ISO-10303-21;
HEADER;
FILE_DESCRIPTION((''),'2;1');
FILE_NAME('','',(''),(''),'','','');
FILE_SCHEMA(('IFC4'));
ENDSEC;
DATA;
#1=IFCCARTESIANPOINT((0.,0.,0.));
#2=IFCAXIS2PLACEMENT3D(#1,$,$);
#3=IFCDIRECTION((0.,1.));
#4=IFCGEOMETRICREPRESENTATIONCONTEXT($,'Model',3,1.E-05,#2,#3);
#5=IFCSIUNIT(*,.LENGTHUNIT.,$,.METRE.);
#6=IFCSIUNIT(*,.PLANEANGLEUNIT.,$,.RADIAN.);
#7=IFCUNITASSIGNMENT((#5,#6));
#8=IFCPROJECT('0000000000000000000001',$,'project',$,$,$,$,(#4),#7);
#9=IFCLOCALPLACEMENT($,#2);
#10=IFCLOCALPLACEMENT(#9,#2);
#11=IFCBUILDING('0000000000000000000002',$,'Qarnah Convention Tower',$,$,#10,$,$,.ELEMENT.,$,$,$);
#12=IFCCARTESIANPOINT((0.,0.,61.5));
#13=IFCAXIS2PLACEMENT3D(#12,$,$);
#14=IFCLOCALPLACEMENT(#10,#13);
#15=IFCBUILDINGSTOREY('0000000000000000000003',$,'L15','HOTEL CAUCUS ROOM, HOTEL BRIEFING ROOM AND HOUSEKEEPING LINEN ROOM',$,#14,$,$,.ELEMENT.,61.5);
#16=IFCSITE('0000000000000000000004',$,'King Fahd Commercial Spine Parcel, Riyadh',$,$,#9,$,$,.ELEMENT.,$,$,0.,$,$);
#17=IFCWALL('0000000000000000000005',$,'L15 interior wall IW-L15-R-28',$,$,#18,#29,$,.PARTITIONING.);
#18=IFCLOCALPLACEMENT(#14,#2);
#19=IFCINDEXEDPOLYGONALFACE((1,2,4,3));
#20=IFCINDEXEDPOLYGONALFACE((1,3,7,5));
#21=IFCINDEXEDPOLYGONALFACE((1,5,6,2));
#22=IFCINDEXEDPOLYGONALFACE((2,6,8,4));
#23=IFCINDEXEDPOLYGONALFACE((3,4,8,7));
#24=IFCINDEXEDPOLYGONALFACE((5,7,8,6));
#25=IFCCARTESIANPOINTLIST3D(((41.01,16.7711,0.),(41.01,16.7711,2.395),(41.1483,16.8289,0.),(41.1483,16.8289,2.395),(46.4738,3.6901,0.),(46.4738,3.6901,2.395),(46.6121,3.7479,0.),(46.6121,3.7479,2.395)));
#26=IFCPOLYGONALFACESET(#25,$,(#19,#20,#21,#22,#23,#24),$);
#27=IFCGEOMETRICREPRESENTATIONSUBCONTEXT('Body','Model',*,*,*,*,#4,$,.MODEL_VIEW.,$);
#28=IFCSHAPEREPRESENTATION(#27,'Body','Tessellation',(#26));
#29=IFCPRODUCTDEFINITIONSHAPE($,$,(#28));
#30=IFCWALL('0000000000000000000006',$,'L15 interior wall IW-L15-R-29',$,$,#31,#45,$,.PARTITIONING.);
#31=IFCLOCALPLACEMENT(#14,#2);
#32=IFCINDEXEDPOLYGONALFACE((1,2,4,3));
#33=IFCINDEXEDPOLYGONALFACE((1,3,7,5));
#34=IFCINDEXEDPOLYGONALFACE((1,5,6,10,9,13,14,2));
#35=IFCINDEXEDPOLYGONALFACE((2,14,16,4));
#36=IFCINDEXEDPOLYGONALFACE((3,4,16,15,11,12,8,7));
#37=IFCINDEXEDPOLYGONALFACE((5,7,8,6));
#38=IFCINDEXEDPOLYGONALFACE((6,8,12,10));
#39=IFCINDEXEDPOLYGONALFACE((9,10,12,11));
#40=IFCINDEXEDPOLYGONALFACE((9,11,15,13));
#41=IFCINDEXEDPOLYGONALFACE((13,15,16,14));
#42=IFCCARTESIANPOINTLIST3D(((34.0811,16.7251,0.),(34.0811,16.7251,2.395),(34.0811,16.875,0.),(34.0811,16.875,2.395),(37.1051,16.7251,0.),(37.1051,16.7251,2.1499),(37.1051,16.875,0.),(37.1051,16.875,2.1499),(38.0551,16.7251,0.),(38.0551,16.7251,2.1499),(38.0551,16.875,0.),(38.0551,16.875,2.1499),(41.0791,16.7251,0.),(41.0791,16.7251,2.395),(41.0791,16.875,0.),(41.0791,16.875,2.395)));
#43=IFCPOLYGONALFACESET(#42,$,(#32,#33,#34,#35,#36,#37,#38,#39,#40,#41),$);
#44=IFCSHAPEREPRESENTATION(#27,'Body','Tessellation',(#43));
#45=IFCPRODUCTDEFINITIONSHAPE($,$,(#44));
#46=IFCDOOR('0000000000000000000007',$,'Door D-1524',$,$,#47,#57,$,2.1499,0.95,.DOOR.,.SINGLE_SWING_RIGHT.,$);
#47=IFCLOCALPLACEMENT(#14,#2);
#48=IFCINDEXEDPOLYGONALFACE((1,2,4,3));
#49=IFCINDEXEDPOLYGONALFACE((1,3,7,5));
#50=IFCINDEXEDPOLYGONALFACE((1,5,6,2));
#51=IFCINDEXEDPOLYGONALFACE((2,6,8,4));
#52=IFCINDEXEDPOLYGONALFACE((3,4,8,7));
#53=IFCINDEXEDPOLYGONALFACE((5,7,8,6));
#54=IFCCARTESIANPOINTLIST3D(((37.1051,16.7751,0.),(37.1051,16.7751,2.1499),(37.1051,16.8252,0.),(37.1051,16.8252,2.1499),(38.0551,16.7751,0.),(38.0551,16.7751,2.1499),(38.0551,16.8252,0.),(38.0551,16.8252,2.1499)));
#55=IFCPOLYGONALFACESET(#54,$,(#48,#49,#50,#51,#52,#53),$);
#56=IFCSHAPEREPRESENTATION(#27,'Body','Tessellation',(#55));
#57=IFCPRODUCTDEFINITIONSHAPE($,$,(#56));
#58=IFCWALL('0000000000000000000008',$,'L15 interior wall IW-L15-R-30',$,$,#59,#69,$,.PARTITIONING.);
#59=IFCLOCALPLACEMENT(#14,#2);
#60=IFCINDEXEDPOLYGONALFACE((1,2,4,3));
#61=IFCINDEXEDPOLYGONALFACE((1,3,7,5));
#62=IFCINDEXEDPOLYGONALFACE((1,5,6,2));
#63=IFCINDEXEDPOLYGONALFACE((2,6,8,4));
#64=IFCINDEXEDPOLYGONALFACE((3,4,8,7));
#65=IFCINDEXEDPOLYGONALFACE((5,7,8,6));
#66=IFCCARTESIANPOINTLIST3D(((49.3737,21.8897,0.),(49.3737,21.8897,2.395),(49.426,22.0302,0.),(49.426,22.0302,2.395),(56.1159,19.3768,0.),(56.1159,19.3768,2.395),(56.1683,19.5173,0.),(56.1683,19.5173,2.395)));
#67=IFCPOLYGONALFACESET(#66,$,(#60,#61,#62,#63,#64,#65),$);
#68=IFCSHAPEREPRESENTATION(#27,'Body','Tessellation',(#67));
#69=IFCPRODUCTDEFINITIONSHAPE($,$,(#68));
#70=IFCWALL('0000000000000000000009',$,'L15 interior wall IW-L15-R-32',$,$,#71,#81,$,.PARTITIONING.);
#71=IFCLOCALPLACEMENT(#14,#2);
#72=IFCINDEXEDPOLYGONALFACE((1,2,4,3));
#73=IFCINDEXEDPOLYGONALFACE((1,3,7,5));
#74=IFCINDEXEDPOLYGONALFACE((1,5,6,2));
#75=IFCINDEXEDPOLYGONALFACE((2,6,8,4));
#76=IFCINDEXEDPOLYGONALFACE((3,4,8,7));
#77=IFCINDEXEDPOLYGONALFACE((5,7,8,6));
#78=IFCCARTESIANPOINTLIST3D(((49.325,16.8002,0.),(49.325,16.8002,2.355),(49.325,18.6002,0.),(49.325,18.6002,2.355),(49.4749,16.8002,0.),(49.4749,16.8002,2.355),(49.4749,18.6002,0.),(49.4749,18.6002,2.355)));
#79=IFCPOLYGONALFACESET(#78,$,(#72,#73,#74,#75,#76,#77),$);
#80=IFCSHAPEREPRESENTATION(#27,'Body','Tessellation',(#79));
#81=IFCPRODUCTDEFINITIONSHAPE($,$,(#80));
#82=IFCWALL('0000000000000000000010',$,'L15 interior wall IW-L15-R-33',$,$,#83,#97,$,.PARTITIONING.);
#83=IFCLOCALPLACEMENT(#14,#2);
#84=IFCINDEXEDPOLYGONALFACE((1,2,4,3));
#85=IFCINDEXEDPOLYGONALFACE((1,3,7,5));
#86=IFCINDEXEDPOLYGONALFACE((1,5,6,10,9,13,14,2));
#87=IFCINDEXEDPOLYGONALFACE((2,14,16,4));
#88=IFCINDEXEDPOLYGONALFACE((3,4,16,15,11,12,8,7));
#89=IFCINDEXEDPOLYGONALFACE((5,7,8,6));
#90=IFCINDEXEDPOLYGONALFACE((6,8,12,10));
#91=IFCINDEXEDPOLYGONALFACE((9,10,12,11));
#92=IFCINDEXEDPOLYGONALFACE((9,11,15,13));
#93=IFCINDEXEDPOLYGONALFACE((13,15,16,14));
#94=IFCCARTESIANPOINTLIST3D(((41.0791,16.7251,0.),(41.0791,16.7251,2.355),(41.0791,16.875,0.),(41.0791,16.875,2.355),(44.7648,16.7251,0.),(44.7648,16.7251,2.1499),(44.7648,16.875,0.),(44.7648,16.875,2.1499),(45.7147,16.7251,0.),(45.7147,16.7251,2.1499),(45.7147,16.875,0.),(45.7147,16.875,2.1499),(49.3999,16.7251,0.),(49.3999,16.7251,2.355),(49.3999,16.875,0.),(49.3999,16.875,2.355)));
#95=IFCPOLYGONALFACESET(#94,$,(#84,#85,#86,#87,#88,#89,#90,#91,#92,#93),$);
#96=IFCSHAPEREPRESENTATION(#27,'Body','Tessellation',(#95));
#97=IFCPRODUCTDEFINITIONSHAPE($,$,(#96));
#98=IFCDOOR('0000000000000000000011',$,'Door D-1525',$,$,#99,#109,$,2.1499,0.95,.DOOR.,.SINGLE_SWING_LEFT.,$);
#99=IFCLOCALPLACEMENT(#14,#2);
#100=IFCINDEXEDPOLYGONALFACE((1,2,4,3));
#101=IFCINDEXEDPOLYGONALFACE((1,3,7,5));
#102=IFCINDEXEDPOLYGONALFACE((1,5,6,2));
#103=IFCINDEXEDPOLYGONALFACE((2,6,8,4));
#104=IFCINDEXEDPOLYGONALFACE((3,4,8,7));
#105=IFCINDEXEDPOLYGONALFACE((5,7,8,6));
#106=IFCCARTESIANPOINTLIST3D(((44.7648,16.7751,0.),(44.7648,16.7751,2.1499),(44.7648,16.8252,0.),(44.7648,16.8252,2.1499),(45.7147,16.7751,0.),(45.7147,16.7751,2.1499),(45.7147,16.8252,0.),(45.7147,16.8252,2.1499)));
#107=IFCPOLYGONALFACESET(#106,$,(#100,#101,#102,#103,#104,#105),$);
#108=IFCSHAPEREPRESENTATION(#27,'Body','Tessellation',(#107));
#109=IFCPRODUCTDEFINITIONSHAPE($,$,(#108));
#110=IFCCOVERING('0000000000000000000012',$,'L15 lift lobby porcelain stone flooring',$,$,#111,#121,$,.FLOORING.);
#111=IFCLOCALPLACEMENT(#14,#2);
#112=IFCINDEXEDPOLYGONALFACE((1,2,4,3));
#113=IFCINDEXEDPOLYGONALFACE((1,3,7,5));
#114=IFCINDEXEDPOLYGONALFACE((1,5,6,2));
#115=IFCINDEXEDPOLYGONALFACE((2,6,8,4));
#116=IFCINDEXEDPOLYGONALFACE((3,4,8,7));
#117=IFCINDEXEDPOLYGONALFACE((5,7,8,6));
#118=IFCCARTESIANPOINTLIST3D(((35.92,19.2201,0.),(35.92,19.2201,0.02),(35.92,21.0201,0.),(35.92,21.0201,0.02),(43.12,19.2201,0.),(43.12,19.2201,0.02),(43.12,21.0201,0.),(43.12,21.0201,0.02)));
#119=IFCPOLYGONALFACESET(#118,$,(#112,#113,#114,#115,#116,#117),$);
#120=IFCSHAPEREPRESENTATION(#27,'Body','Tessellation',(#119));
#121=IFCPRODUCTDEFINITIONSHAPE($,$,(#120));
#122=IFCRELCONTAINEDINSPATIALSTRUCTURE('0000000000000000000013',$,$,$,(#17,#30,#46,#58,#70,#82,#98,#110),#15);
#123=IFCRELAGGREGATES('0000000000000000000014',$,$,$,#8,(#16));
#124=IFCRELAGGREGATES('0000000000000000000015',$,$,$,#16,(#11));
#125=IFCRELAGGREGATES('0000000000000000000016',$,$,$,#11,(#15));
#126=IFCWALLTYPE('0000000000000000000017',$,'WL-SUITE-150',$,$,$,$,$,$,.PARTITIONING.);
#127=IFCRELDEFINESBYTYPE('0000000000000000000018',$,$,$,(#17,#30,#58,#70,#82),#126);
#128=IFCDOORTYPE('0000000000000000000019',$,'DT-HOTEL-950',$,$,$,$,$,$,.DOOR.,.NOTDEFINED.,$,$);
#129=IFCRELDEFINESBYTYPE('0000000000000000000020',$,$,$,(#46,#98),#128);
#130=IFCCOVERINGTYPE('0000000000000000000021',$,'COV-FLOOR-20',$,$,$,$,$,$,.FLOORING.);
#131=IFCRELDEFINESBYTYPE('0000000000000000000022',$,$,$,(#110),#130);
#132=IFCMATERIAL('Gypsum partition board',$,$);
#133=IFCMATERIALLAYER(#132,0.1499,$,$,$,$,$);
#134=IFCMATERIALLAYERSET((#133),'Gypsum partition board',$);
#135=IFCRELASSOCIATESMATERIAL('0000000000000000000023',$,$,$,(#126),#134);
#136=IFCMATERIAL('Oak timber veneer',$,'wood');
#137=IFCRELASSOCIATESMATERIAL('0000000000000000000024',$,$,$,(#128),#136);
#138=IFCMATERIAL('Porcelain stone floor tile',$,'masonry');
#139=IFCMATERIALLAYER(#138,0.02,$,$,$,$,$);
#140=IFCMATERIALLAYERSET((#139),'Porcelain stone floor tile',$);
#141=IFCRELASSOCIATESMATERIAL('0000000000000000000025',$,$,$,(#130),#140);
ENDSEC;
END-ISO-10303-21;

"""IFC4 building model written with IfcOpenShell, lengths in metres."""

from ifc_helpers import new_model, si_unit, direction, frame, frame_2d, origin, origin_2d, place, context, subcontext, project, spatial, rectangle, extrude, material, layer, layer_set, type_object, element, fill, save


model = new_model("IFC4")

# Units and contexts
model_context = context("Model", 3, precision=1e-05, world=origin(), true_north=direction((0.0, 1.0)))
body_context = subcontext(model_context, "Body", "Model", "MODEL_VIEW")
ifc_project = project(units=[si_unit("LENGTHUNIT", "METRE"), si_unit("PLANEANGLEUNIT", "RADIAN")], contexts=[model_context])

# Site, building, storey
site_placement = place(None, origin())
site = spatial("IfcSite", under=ifc_project, at=site_placement, Name="King Fahd Commercial Spine Parcel, Riyadh", CompositionType="ELEMENT", RefElevation=0.0)
building_placement = place(site_placement, origin())
building = spatial("IfcBuilding", under=site, at=building_placement, Name="Qarnah Convention Tower", CompositionType="ELEMENT")
storey_placement = place(building_placement, frame((0.0, 0.0, 61.5)))
storey = spatial("IfcBuildingStorey", under=building, at=storey_placement, Name="L15", Description="HOTEL CAUCUS ROOM, HOTEL BRIEFING ROOM AND HOUSEKEEPING LINEN ROOM", CompositionType="ELEMENT", Elevation=61.5)

# Wall
ifc_material_1 = material(Name="Gypsum partition board")
ifc_layer_1 = layer(ifc_material_1, 0.1499)
ifc_layer_set_1 = layer_set([ifc_layer_1], Name="Gypsum partition board")
wall_type_1 = type_object("IfcWallType", Name="WL-SUITE-150", PredefinedType="PARTITIONING", material=ifc_layer_set_1)
wall_1_placement = place(storey_placement, frame((46.543, 3.719, 0.0), z_axis=(0.0, 0.0, 1.0), x_axis=(-0.385422, 0.92274, 0.0)))
element("IfcWall", 1, at=wall_1_placement, inside=storey, type_object=wall_type_1, Name="L15 interior wall IW-L15-R-28", PredefinedType="PARTITIONING", context=body_context, shape_type="SweptSolid", body=[
    extrude(rectangle(XDim=14.1763, YDim=0.1499, at=frame_2d((7.0881, 0.0))), origin(), (0.0, 0.0, 1.0), 2.395),
])

# Wall, opening, door
wall_2_placement = place(storey_placement, frame((41.0791, 16.8, 0.0), z_axis=(0.0, 0.0, 1.0), x_axis=(-1.0, 0.0, 0.0)))
wall_2 = element("IfcWall", 2, at=wall_2_placement, inside=storey, type_object=wall_type_1, Name="L15 interior wall IW-L15-R-29", PredefinedType="PARTITIONING", context=body_context, shape_type="SweptSolid", body=[
    extrude(rectangle(XDim=6.998, YDim=0.1499, at=frame_2d((3.499, 0.0))), origin(), (0.0, 0.0, 1.0), 2.395),
])
opening_1_placement = place(wall_2_placement, frame((3.0239, 0.0, 0.0)))
opening_1 = element("IfcOpeningElement", 3, at=opening_1_placement, cuts=wall_2, PredefinedType="OPENING", context=body_context, shape_type="SweptSolid", body=[
    extrude(rectangle(XDim=0.95, YDim=2.1499, at=frame_2d((0.4751, 1.075))), frame((0.0, 0.085, 0.0), z_axis=(0.0, -1.0, 0.0), x_axis=(1.0, 0.0, 0.0)), (0.0, 0.0, 1.0), 0.1699),
])
ifc_material_2 = material(Name="Oak timber veneer", Category="wood")
door_type_1 = type_object("IfcDoorType", Name="DT-HOTEL-950", OperationType="NOTDEFINED", PredefinedType="DOOR", material=ifc_material_2)
door_1_placement = place(opening_1_placement, origin())
door_1 = element("IfcDoor", 4, at=door_1_placement, inside=storey, type_object=door_type_1, Name="Door D-1524", OperationType="SINGLE_SWING_RIGHT", OverallHeight=2.1499, OverallWidth=0.95, PredefinedType="DOOR", context=body_context, shape_type="SweptSolid", body=[
    extrude(rectangle(XDim=0.95, YDim=2.1499, at=frame_2d((0.4751, 1.075))), frame((0.0, 0.0249, 0.0), z_axis=(0.0, -1.0, 0.0), x_axis=(1.0, 0.0, 0.0)), (0.0, 0.0, 1.0), 0.05),
])
fill(opening_1, door_1)

# Walls
wall_3_placement = place(storey_placement, frame((56.1421, 19.447, 0.0), z_axis=(0.0, 0.0, 1.0), x_axis=(-0.93703, 0.349249, 0.0)))
element("IfcWall", 5, at=wall_3_placement, inside=storey, type_object=wall_type_1, Name="L15 interior wall IW-L15-R-30", PredefinedType="PARTITIONING", context=body_context, shape_type="SweptSolid", body=[
    extrude(rectangle(XDim=7.1953, YDim=0.1499, at=frame_2d((3.5977, 0.0))), origin(), (0.0, 0.0, 1.0), 2.395),
])
wall_4_placement = place(storey_placement, frame((49.3999, 18.6001, 0.0), z_axis=(0.0, 0.0, 1.0), x_axis=(0.0, -1.0, 0.0)))
element("IfcWall", 6, at=wall_4_placement, inside=storey, type_object=wall_type_1, Name="L15 interior wall IW-L15-R-32", PredefinedType="PARTITIONING", context=body_context, shape_type="SweptSolid", body=[
    extrude(rectangle(XDim=1.8, YDim=0.1499, at=frame_2d((0.8999, 0.0))), origin(), (0.0, 0.0, 1.0), 2.355),
])

# Wall, opening, door
wall_5_placement = place(storey_placement, frame((49.3999, 16.8, 0.0), z_axis=(0.0, 0.0, 1.0), x_axis=(-1.0, 0.0, 0.0)))
wall_5 = element("IfcWall", 7, at=wall_5_placement, inside=storey, type_object=wall_type_1, Name="L15 interior wall IW-L15-R-33", PredefinedType="PARTITIONING", context=body_context, shape_type="SweptSolid", body=[
    extrude(rectangle(XDim=8.3208, YDim=0.1499, at=frame_2d((4.1604, 0.0))), origin(), (0.0, 0.0, 1.0), 2.355),
])
opening_2_placement = place(wall_5_placement, frame((3.6851, 0.0, 0.0)))
opening_2 = element("IfcOpeningElement", 8, at=opening_2_placement, cuts=wall_5, PredefinedType="OPENING", context=body_context, shape_type="SweptSolid", body=[
    extrude(rectangle(XDim=0.95, YDim=2.1499, at=frame_2d((0.4751, 1.075))), frame((0.0, 0.085, 0.0), z_axis=(0.0, -1.0, 0.0), x_axis=(1.0, 0.0, 0.0)), (0.0, 0.0, 1.0), 0.1699),
])
door_2_placement = place(opening_2_placement, origin())
door_2 = element("IfcDoor", 9, at=door_2_placement, inside=storey, type_object=door_type_1, Name="Door D-1525", OperationType="SINGLE_SWING_LEFT", OverallHeight=2.1499, OverallWidth=0.95, PredefinedType="DOOR", context=body_context, shape_type="SweptSolid", body=[
    extrude(rectangle(XDim=0.95, YDim=2.1499, at=frame_2d((0.4751, 1.075))), frame((0.0, 0.0249, 0.0), z_axis=(0.0, -1.0, 0.0), x_axis=(1.0, 0.0, 0.0)), (0.0, 0.0, 1.0), 0.05),
])
fill(opening_2, door_2)

# Covering
ifc_material_3 = material(Name="Porcelain stone floor tile", Category="masonry")
ifc_layer_2 = layer(ifc_material_3, 0.02)
ifc_layer_set_2 = layer_set([ifc_layer_2], Name="Porcelain stone floor tile")
covering_type = type_object("IfcCoveringType", Name="COV-FLOOR-20", PredefinedType="FLOORING", material=ifc_layer_set_2)
covering_placement = place(storey_placement, frame((39.52, 20.1201, 0.0), z_axis=(0.0, 0.0, 1.0), x_axis=(1.0, 0.0, 0.0)))
element("IfcCovering", 10, at=covering_placement, inside=storey, type_object=covering_type, Name="L15 lift lobby porcelain stone flooring", PredefinedType="FLOORING", context=body_context, shape_type="SweptSolid", body=[
    extrude(rectangle(XDim=7.2, YDim=1.8, at=origin_2d()), origin(), (0.0, 0.0, 1.0), 0.02),
])

save(model, "model.ifc")
